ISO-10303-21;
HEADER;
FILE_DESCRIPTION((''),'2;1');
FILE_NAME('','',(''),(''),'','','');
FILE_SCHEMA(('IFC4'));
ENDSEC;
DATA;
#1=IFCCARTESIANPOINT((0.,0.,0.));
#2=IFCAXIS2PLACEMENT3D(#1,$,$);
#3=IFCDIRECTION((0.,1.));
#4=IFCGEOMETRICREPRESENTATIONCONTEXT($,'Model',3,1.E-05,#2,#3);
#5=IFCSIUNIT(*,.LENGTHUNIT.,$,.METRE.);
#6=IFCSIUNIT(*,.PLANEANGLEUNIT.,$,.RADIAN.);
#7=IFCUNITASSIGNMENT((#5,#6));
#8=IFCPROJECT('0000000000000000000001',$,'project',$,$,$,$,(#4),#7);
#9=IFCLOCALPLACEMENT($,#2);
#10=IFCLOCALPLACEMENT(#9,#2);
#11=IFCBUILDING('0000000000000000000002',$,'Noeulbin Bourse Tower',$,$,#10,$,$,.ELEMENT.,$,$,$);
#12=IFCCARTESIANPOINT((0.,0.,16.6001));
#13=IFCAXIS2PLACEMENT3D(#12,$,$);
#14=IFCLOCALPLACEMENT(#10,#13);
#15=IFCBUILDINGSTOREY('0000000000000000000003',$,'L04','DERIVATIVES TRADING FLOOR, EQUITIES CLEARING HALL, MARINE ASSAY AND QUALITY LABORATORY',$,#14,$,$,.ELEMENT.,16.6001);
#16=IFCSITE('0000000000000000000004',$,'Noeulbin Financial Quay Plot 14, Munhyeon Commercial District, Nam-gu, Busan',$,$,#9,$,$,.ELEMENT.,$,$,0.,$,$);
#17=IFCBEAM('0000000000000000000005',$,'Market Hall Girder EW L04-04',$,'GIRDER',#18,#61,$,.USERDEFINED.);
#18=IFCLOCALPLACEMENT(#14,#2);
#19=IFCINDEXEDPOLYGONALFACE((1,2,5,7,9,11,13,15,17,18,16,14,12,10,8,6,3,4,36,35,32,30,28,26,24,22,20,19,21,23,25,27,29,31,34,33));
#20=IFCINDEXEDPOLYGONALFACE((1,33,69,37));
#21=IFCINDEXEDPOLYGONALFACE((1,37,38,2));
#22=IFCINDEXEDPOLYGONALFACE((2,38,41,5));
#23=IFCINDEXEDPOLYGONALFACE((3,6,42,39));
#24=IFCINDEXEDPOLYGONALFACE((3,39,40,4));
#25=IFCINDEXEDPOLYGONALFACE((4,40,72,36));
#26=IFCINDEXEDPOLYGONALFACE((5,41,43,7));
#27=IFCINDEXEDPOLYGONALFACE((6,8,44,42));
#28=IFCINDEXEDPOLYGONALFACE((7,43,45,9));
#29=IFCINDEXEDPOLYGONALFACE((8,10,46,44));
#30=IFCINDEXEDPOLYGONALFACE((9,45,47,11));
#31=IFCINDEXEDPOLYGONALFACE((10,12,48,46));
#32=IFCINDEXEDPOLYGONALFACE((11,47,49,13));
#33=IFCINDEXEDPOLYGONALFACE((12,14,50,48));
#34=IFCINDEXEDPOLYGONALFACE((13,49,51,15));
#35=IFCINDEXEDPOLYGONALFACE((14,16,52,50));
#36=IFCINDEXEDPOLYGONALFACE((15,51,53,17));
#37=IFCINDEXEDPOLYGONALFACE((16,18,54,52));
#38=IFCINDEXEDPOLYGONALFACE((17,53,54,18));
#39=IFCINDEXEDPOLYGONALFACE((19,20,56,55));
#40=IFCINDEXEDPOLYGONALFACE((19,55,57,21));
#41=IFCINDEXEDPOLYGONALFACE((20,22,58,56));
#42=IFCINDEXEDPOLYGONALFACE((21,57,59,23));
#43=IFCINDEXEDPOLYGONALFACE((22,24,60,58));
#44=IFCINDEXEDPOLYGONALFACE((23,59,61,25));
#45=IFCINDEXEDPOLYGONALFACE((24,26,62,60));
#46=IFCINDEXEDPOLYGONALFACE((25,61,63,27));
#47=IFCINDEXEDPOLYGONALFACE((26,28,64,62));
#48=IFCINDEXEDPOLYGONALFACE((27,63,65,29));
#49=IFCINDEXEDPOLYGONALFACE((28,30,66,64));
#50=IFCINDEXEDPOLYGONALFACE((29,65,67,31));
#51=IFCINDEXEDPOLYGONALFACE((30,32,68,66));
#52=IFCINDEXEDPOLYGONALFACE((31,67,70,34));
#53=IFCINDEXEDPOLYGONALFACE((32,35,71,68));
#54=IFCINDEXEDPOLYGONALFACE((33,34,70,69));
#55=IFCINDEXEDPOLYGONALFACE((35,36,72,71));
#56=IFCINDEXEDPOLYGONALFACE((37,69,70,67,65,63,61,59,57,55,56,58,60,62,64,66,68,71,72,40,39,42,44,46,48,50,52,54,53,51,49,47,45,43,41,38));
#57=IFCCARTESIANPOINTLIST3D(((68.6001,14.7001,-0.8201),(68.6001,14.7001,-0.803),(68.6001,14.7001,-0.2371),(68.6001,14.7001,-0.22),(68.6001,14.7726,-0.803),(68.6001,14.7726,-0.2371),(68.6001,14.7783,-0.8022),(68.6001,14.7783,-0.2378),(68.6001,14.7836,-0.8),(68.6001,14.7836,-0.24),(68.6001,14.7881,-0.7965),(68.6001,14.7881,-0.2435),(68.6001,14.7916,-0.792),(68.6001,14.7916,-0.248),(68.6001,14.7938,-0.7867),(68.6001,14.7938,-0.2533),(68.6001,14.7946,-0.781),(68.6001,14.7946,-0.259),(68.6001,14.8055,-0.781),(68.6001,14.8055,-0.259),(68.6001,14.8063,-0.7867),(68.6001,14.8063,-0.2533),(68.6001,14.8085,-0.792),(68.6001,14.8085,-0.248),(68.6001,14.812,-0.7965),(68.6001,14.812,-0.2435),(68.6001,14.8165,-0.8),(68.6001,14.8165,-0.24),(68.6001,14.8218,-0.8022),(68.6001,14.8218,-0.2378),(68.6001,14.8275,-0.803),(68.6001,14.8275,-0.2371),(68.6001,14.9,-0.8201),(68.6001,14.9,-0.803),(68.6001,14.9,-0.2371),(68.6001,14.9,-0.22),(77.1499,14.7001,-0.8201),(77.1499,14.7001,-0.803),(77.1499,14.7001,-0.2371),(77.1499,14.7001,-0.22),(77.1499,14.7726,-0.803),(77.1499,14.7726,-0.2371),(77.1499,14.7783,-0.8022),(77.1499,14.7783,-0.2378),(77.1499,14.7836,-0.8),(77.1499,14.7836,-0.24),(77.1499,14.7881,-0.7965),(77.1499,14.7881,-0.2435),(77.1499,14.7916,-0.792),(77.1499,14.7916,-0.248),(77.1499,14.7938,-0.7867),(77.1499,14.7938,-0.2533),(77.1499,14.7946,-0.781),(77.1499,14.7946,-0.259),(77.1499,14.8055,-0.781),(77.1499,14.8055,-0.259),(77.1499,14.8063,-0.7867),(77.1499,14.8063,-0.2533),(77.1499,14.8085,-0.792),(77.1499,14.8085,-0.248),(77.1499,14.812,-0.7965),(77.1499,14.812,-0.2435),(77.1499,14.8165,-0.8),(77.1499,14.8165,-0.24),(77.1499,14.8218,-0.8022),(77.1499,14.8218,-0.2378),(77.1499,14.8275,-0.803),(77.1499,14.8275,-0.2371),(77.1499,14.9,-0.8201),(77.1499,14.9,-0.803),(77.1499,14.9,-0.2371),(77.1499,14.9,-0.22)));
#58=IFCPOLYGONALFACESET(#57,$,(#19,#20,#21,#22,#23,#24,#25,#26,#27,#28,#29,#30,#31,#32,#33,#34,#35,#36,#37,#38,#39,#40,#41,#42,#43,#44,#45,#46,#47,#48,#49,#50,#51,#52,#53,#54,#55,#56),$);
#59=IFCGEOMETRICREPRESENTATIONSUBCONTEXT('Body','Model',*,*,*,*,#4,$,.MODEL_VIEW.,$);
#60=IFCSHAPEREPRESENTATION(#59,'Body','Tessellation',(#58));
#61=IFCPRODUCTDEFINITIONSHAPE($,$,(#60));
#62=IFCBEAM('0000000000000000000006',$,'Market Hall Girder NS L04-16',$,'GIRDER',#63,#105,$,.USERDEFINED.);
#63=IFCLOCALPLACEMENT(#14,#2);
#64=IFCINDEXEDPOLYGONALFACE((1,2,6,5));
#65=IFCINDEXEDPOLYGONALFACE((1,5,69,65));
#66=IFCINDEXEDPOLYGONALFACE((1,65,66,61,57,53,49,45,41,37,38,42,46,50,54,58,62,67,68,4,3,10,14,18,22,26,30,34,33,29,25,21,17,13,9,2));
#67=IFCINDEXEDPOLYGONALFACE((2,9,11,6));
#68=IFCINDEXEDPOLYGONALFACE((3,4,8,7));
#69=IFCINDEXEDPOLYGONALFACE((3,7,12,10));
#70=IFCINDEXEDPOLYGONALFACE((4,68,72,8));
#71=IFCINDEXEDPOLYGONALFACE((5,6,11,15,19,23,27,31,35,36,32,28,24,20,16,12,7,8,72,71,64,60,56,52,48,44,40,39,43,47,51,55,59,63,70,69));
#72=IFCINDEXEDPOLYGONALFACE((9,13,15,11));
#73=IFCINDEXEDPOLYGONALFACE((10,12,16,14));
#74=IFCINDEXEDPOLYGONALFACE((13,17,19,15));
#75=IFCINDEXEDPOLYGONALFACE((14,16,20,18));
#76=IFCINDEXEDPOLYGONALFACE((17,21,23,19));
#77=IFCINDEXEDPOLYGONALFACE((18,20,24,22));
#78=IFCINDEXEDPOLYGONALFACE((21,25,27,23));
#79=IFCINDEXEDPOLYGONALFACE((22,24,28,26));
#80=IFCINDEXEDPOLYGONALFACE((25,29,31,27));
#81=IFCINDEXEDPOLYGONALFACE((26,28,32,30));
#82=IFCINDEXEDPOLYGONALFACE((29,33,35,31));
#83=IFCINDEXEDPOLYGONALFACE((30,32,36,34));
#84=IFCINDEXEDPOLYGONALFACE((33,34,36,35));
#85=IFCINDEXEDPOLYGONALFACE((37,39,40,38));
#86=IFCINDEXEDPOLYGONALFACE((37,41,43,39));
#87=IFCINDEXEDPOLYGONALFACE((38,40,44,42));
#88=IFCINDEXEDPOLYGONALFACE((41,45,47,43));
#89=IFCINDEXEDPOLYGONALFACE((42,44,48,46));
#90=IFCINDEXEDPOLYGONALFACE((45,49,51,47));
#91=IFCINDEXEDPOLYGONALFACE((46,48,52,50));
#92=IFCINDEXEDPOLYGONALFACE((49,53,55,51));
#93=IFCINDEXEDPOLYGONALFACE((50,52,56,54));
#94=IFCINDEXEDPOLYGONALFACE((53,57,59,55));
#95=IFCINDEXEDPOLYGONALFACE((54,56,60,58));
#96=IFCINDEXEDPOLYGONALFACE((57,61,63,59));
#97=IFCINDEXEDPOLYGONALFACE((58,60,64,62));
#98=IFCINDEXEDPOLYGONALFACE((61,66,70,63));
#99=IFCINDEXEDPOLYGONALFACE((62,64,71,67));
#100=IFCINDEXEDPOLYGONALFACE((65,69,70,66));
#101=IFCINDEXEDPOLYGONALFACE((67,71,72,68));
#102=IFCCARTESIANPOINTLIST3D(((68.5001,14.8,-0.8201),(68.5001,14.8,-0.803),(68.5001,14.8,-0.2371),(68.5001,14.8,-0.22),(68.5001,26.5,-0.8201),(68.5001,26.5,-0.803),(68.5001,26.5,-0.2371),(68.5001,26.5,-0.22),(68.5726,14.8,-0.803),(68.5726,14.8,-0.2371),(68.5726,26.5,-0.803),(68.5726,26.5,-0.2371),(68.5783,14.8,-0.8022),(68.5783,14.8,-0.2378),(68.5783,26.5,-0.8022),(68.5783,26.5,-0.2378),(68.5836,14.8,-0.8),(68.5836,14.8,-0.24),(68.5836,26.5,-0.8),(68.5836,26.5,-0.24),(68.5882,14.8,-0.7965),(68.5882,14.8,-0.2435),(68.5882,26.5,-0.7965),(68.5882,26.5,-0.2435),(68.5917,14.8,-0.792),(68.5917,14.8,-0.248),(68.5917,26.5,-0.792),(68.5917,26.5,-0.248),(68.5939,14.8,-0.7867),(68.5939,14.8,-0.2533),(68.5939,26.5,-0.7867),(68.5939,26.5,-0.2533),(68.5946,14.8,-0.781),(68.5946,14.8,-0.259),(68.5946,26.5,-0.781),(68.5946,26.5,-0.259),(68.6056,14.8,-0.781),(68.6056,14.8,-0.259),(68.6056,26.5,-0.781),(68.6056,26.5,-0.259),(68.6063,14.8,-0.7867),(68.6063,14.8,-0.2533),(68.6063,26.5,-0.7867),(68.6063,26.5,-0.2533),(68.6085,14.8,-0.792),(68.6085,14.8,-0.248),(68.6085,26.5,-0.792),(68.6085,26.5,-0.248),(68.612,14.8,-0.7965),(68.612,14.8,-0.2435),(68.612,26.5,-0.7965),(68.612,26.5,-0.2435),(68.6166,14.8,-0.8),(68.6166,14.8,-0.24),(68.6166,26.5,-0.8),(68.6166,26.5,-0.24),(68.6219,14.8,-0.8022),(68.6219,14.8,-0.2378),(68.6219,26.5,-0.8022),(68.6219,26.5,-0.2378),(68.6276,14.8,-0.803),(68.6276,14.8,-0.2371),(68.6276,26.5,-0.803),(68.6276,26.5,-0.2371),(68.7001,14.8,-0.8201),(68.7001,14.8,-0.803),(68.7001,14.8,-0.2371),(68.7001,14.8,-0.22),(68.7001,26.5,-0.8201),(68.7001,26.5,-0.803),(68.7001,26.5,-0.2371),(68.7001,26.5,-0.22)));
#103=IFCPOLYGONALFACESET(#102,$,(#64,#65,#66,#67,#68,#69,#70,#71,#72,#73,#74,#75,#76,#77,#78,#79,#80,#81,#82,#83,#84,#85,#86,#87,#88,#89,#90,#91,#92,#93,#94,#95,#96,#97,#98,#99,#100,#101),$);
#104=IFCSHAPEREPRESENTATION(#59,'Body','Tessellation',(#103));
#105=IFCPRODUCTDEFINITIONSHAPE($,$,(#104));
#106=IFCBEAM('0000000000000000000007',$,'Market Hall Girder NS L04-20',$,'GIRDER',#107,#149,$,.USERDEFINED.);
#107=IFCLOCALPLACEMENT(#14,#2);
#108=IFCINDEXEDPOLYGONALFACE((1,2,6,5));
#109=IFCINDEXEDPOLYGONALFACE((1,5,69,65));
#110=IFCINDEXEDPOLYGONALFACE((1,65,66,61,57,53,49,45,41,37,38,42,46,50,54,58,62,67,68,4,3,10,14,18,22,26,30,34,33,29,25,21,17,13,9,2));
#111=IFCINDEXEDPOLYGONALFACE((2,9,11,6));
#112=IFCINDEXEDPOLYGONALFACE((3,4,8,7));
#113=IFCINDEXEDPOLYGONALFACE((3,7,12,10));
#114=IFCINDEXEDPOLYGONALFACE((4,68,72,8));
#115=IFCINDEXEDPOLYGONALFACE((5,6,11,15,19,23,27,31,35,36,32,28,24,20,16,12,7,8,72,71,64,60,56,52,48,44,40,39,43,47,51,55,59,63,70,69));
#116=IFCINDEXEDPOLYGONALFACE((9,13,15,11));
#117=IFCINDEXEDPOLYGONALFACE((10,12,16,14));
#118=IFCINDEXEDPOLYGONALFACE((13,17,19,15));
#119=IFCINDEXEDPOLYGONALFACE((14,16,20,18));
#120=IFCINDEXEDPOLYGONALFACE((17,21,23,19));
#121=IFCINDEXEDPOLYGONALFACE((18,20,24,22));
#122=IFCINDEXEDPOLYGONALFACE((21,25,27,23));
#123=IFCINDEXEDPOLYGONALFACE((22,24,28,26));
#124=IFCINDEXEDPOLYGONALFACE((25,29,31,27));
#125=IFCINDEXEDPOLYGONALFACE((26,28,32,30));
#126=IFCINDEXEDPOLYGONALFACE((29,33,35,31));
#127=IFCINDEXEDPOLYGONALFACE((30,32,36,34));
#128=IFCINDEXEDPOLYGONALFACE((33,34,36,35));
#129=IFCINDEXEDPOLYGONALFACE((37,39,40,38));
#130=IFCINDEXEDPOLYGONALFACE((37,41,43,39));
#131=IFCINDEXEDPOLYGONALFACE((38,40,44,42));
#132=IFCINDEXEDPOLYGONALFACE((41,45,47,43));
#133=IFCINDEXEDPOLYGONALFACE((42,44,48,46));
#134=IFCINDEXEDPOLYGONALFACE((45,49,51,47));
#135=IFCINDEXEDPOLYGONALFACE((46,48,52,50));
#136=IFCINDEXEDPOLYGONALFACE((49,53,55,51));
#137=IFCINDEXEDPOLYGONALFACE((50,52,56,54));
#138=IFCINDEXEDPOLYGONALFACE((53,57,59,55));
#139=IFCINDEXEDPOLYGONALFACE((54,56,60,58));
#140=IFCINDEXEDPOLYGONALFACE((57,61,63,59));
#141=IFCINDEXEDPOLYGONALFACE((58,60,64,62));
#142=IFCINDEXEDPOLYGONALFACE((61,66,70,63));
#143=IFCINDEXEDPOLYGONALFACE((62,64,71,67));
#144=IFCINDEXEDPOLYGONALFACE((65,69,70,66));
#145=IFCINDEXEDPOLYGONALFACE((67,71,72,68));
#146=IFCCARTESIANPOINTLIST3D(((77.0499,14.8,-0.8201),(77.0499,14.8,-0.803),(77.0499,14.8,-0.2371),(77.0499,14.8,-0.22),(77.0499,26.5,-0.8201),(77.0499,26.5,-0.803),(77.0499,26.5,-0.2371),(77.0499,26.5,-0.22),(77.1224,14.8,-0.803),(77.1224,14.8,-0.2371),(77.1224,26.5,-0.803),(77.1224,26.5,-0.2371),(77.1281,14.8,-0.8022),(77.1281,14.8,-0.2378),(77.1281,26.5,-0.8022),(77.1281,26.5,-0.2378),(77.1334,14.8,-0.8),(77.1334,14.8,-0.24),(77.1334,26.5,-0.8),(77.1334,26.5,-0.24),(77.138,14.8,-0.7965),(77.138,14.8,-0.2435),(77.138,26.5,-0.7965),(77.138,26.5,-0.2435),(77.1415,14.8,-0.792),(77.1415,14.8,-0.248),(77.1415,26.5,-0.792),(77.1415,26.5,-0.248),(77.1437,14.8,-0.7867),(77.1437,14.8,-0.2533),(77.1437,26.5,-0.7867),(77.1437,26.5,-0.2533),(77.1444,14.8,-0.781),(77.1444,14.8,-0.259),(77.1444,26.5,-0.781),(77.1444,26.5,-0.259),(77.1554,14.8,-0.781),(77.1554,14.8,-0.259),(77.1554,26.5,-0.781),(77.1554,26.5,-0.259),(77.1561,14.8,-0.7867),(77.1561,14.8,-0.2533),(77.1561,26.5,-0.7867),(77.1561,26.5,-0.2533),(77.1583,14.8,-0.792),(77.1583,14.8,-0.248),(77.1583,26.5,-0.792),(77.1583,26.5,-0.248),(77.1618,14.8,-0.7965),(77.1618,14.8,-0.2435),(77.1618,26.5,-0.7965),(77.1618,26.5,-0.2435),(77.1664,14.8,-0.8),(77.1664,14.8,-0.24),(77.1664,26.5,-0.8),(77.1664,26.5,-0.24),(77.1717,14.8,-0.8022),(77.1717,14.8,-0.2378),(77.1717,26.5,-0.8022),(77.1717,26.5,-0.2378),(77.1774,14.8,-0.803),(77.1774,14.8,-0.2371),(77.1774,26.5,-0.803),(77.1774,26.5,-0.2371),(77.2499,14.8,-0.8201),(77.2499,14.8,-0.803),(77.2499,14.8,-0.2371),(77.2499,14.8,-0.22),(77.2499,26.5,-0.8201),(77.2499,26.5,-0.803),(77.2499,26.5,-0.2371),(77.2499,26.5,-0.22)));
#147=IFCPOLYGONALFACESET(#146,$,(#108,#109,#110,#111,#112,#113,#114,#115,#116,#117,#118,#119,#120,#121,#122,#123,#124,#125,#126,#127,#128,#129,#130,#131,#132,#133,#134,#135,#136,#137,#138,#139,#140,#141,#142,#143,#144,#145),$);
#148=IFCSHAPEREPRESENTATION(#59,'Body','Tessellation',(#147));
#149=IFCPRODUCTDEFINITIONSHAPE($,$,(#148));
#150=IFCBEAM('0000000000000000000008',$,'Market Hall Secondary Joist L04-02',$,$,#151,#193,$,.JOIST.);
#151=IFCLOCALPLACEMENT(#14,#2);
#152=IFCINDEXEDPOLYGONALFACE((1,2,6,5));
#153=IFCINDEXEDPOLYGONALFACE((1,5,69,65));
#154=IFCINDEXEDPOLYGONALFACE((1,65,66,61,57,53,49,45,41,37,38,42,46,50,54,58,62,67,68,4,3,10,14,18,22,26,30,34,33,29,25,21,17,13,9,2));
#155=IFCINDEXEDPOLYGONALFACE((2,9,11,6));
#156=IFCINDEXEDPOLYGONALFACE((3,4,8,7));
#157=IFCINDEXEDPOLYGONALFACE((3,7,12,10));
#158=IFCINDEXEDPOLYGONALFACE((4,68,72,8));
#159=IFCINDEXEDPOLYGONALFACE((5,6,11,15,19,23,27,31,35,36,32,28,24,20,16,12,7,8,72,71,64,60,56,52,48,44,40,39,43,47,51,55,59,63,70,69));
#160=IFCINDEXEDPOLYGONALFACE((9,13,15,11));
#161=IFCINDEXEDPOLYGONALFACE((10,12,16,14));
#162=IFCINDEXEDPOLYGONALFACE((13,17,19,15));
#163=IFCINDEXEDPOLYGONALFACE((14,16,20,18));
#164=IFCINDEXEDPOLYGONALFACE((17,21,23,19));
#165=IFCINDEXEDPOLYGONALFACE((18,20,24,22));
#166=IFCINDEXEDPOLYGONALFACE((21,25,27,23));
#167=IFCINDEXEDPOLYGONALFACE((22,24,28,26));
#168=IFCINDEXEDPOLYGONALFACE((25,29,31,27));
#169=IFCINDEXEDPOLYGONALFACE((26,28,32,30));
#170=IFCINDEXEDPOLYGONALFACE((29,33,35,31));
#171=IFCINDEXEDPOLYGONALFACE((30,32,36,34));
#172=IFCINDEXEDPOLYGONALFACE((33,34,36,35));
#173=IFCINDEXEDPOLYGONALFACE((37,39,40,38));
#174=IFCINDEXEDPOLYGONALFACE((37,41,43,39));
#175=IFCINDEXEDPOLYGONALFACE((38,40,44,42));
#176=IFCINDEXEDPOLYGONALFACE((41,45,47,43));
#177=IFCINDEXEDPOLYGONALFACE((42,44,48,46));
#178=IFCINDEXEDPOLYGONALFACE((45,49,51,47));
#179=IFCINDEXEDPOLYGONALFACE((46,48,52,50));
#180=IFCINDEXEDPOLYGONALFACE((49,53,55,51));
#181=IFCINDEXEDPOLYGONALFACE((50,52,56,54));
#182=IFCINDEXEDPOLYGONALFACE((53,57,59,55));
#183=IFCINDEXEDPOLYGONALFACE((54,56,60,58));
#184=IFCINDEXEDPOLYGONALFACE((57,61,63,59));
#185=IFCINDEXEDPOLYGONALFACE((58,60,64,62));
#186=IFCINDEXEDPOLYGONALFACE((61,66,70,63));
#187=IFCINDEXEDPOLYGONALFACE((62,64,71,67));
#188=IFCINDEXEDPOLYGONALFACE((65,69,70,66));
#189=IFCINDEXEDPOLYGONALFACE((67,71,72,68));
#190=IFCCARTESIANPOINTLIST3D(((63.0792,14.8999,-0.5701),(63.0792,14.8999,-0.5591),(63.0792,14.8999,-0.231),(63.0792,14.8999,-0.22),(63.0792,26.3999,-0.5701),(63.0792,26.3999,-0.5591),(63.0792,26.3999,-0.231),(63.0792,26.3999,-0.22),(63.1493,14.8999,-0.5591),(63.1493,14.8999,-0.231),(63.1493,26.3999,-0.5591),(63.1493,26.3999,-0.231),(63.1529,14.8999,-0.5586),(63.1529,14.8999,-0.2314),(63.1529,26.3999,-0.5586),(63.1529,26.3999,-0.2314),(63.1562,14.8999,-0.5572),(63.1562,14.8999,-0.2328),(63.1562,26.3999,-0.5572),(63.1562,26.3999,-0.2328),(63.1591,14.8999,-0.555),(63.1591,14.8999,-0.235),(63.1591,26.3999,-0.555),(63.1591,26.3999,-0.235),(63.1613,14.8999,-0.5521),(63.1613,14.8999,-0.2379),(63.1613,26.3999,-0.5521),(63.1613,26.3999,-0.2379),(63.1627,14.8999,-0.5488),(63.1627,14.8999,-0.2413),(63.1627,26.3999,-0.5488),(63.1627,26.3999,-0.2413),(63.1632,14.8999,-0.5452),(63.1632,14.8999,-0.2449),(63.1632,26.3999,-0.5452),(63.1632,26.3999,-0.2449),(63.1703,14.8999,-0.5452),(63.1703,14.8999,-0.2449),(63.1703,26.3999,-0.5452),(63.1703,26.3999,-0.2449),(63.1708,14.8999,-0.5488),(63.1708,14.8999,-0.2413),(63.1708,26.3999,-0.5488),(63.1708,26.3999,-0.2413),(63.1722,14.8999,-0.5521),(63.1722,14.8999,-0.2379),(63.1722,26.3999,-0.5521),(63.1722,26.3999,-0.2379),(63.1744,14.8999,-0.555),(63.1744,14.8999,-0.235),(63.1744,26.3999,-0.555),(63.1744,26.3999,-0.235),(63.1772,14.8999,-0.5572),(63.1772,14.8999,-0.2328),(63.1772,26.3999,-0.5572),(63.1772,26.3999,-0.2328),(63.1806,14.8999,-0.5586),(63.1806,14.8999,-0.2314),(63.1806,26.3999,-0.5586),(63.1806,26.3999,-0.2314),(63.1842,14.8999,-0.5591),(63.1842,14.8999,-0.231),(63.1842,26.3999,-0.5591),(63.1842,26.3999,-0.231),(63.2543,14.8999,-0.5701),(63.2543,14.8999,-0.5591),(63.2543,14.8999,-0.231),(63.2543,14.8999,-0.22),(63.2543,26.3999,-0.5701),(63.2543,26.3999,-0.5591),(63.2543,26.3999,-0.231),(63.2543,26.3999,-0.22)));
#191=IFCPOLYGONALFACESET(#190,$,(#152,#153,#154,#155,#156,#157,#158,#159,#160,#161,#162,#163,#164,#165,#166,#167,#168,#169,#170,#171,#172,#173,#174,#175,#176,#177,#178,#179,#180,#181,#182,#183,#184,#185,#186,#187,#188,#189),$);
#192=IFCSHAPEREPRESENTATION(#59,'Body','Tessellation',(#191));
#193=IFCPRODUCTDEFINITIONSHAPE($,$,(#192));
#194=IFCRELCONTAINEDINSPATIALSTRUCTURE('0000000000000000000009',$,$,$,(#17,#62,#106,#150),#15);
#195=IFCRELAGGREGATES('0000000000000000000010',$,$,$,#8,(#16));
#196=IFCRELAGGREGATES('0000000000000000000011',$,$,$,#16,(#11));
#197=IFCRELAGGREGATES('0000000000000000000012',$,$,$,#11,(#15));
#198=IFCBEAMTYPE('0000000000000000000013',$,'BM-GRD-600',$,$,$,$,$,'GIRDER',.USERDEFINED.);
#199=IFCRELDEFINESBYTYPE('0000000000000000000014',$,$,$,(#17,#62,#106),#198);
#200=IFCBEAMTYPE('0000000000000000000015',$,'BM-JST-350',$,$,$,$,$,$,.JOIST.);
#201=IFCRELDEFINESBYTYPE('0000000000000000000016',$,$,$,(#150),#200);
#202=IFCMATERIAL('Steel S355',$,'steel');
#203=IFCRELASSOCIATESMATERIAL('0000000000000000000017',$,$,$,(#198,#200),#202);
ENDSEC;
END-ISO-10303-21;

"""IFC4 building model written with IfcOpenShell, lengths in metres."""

from ifc_helpers import new_model, si_unit, direction, frame, origin, origin_2d, place, context, subcontext, project, spatial, i_section, extrude, material, material_profile, profile_set, type_object, element, save


model = new_model("IFC4")

# Units and contexts
model_context = context("Model", 3, precision=1e-05, world=origin(), true_north=direction((0.0, 1.0)))
body_context = subcontext(model_context, "Body", "Model", "MODEL_VIEW")
ifc_project = project(units=[si_unit("LENGTHUNIT", "METRE"), si_unit("PLANEANGLEUNIT", "RADIAN")], contexts=[model_context])

# Site, building, storey
site_placement = place(None, origin())
site = spatial("IfcSite", under=ifc_project, at=site_placement, Name="Noeulbin Financial Quay Plot 14, Munhyeon Commercial District, Nam-gu, Busan", CompositionType="ELEMENT", RefElevation=0.0)
building_placement = place(site_placement, origin())
building = spatial("IfcBuilding", under=site, at=building_placement, Name="Noeulbin Bourse Tower", CompositionType="ELEMENT")
storey_placement = place(building_placement, frame((0.0, 0.0, 16.6001)))
storey = spatial("IfcBuildingStorey", under=building, at=storey_placement, Name="L04", Description="DERIVATIVES TRADING FLOOR, EQUITIES CLEARING HALL, MARINE ASSAY AND QUALITY LABORATORY", CompositionType="ELEMENT", Elevation=16.6001)

# Shared definitions
ifc_material_1 = material(Name="Steel S355", Category="steel")

# Beams
ifc_material_profile_1 = material_profile(ifc_material_1, i_section(OverallWidth=0.2, OverallDepth=0.6001, WebThickness=0.011, FlangeThickness=0.0171, FilletRadius=0.022, at=origin_2d()), Name="H-600x200x11x17", Category="LoadBearing")
ifc_profile_set_1 = profile_set([ifc_material_profile_1], Name="Steel S355")
beam_type_1 = type_object("IfcBeamType", Name="BM-GRD-600", ElementType="GIRDER", PredefinedType="USERDEFINED", material=ifc_profile_set_1)
beam_placement = place(storey_placement, frame((68.6001, 14.8, -0.52), z_axis=(1.0, 0.0, 0.0), x_axis=(0.0, 1.0, 0.0)))
element("IfcBeam", 1, at=beam_placement, inside=storey, type_object=beam_type_1, Name="Market Hall Girder EW L04-04", ObjectType="GIRDER", PredefinedType="USERDEFINED", context=body_context, shape_type="SweptSolid", body=[
    extrude(i_section(OverallWidth=0.2, OverallDepth=0.6001, WebThickness=0.011, FlangeThickness=0.0171, FilletRadius=0.022, at=origin_2d()), origin(), (0.0, 0.0, 1.0), 8.5498),
])
for number, where, z_axis, x_axis, name in (
    (2, (68.6001, 14.8, -0.52), (0.0, 1.0, 0.0), (-1.0, 0.0, 0.0), "Market Hall Girder NS L04-16"),
    (3, (77.1499, 14.8, -0.52), (0.0, 1.0, 0.0), (-1.0, 0.0, 0.0), "Market Hall Girder NS L04-20"),
):
    element("IfcBeam", number, at=place(storey_placement, frame(where, z_axis=z_axis, x_axis=x_axis)), inside=storey, type_object=beam_type_1, Name=name, ObjectType="GIRDER", PredefinedType="USERDEFINED", context=body_context, shape_type="SweptSolid", body=[
        extrude(i_section(OverallWidth=0.2, OverallDepth=0.6001, WebThickness=0.011, FlangeThickness=0.0171, FilletRadius=0.022, at=origin_2d()), origin(), (0.0, 0.0, 1.0), 11.7),
    ])
ifc_material_profile_2 = material_profile(ifc_material_1, i_section(OverallWidth=0.175, OverallDepth=0.3501, WebThickness=0.0071, FlangeThickness=0.011, FilletRadius=0.0139, at=origin_2d()), Name="H-350x175x7x11", Category="LoadBearing")
ifc_profile_set_2 = profile_set([ifc_material_profile_2], Name="Steel S355")
beam_type_2 = type_object("IfcBeamType", Name="BM-JST-350", PredefinedType="JOIST", material=ifc_profile_set_2)
for number, where, z_axis, x_axis, name in (
    (4, (63.1667, 14.8999, -0.395), (0.0, 1.0, 0.0), (-1.0, 0.0, 0.0), "Market Hall Secondary Joist L04-02"),
):
    element("IfcBeam", number, at=place(storey_placement, frame(where, z_axis=z_axis, x_axis=x_axis)), inside=storey, type_object=beam_type_2, Name=name, PredefinedType="JOIST", context=body_context, shape_type="SweptSolid", body=[
        extrude(i_section(OverallWidth=0.175, OverallDepth=0.3501, WebThickness=0.0071, FlangeThickness=0.011, FilletRadius=0.0139, at=origin_2d()), origin(), (0.0, 0.0, 1.0), 11.5),
    ])

save(model, "model.ifc")
